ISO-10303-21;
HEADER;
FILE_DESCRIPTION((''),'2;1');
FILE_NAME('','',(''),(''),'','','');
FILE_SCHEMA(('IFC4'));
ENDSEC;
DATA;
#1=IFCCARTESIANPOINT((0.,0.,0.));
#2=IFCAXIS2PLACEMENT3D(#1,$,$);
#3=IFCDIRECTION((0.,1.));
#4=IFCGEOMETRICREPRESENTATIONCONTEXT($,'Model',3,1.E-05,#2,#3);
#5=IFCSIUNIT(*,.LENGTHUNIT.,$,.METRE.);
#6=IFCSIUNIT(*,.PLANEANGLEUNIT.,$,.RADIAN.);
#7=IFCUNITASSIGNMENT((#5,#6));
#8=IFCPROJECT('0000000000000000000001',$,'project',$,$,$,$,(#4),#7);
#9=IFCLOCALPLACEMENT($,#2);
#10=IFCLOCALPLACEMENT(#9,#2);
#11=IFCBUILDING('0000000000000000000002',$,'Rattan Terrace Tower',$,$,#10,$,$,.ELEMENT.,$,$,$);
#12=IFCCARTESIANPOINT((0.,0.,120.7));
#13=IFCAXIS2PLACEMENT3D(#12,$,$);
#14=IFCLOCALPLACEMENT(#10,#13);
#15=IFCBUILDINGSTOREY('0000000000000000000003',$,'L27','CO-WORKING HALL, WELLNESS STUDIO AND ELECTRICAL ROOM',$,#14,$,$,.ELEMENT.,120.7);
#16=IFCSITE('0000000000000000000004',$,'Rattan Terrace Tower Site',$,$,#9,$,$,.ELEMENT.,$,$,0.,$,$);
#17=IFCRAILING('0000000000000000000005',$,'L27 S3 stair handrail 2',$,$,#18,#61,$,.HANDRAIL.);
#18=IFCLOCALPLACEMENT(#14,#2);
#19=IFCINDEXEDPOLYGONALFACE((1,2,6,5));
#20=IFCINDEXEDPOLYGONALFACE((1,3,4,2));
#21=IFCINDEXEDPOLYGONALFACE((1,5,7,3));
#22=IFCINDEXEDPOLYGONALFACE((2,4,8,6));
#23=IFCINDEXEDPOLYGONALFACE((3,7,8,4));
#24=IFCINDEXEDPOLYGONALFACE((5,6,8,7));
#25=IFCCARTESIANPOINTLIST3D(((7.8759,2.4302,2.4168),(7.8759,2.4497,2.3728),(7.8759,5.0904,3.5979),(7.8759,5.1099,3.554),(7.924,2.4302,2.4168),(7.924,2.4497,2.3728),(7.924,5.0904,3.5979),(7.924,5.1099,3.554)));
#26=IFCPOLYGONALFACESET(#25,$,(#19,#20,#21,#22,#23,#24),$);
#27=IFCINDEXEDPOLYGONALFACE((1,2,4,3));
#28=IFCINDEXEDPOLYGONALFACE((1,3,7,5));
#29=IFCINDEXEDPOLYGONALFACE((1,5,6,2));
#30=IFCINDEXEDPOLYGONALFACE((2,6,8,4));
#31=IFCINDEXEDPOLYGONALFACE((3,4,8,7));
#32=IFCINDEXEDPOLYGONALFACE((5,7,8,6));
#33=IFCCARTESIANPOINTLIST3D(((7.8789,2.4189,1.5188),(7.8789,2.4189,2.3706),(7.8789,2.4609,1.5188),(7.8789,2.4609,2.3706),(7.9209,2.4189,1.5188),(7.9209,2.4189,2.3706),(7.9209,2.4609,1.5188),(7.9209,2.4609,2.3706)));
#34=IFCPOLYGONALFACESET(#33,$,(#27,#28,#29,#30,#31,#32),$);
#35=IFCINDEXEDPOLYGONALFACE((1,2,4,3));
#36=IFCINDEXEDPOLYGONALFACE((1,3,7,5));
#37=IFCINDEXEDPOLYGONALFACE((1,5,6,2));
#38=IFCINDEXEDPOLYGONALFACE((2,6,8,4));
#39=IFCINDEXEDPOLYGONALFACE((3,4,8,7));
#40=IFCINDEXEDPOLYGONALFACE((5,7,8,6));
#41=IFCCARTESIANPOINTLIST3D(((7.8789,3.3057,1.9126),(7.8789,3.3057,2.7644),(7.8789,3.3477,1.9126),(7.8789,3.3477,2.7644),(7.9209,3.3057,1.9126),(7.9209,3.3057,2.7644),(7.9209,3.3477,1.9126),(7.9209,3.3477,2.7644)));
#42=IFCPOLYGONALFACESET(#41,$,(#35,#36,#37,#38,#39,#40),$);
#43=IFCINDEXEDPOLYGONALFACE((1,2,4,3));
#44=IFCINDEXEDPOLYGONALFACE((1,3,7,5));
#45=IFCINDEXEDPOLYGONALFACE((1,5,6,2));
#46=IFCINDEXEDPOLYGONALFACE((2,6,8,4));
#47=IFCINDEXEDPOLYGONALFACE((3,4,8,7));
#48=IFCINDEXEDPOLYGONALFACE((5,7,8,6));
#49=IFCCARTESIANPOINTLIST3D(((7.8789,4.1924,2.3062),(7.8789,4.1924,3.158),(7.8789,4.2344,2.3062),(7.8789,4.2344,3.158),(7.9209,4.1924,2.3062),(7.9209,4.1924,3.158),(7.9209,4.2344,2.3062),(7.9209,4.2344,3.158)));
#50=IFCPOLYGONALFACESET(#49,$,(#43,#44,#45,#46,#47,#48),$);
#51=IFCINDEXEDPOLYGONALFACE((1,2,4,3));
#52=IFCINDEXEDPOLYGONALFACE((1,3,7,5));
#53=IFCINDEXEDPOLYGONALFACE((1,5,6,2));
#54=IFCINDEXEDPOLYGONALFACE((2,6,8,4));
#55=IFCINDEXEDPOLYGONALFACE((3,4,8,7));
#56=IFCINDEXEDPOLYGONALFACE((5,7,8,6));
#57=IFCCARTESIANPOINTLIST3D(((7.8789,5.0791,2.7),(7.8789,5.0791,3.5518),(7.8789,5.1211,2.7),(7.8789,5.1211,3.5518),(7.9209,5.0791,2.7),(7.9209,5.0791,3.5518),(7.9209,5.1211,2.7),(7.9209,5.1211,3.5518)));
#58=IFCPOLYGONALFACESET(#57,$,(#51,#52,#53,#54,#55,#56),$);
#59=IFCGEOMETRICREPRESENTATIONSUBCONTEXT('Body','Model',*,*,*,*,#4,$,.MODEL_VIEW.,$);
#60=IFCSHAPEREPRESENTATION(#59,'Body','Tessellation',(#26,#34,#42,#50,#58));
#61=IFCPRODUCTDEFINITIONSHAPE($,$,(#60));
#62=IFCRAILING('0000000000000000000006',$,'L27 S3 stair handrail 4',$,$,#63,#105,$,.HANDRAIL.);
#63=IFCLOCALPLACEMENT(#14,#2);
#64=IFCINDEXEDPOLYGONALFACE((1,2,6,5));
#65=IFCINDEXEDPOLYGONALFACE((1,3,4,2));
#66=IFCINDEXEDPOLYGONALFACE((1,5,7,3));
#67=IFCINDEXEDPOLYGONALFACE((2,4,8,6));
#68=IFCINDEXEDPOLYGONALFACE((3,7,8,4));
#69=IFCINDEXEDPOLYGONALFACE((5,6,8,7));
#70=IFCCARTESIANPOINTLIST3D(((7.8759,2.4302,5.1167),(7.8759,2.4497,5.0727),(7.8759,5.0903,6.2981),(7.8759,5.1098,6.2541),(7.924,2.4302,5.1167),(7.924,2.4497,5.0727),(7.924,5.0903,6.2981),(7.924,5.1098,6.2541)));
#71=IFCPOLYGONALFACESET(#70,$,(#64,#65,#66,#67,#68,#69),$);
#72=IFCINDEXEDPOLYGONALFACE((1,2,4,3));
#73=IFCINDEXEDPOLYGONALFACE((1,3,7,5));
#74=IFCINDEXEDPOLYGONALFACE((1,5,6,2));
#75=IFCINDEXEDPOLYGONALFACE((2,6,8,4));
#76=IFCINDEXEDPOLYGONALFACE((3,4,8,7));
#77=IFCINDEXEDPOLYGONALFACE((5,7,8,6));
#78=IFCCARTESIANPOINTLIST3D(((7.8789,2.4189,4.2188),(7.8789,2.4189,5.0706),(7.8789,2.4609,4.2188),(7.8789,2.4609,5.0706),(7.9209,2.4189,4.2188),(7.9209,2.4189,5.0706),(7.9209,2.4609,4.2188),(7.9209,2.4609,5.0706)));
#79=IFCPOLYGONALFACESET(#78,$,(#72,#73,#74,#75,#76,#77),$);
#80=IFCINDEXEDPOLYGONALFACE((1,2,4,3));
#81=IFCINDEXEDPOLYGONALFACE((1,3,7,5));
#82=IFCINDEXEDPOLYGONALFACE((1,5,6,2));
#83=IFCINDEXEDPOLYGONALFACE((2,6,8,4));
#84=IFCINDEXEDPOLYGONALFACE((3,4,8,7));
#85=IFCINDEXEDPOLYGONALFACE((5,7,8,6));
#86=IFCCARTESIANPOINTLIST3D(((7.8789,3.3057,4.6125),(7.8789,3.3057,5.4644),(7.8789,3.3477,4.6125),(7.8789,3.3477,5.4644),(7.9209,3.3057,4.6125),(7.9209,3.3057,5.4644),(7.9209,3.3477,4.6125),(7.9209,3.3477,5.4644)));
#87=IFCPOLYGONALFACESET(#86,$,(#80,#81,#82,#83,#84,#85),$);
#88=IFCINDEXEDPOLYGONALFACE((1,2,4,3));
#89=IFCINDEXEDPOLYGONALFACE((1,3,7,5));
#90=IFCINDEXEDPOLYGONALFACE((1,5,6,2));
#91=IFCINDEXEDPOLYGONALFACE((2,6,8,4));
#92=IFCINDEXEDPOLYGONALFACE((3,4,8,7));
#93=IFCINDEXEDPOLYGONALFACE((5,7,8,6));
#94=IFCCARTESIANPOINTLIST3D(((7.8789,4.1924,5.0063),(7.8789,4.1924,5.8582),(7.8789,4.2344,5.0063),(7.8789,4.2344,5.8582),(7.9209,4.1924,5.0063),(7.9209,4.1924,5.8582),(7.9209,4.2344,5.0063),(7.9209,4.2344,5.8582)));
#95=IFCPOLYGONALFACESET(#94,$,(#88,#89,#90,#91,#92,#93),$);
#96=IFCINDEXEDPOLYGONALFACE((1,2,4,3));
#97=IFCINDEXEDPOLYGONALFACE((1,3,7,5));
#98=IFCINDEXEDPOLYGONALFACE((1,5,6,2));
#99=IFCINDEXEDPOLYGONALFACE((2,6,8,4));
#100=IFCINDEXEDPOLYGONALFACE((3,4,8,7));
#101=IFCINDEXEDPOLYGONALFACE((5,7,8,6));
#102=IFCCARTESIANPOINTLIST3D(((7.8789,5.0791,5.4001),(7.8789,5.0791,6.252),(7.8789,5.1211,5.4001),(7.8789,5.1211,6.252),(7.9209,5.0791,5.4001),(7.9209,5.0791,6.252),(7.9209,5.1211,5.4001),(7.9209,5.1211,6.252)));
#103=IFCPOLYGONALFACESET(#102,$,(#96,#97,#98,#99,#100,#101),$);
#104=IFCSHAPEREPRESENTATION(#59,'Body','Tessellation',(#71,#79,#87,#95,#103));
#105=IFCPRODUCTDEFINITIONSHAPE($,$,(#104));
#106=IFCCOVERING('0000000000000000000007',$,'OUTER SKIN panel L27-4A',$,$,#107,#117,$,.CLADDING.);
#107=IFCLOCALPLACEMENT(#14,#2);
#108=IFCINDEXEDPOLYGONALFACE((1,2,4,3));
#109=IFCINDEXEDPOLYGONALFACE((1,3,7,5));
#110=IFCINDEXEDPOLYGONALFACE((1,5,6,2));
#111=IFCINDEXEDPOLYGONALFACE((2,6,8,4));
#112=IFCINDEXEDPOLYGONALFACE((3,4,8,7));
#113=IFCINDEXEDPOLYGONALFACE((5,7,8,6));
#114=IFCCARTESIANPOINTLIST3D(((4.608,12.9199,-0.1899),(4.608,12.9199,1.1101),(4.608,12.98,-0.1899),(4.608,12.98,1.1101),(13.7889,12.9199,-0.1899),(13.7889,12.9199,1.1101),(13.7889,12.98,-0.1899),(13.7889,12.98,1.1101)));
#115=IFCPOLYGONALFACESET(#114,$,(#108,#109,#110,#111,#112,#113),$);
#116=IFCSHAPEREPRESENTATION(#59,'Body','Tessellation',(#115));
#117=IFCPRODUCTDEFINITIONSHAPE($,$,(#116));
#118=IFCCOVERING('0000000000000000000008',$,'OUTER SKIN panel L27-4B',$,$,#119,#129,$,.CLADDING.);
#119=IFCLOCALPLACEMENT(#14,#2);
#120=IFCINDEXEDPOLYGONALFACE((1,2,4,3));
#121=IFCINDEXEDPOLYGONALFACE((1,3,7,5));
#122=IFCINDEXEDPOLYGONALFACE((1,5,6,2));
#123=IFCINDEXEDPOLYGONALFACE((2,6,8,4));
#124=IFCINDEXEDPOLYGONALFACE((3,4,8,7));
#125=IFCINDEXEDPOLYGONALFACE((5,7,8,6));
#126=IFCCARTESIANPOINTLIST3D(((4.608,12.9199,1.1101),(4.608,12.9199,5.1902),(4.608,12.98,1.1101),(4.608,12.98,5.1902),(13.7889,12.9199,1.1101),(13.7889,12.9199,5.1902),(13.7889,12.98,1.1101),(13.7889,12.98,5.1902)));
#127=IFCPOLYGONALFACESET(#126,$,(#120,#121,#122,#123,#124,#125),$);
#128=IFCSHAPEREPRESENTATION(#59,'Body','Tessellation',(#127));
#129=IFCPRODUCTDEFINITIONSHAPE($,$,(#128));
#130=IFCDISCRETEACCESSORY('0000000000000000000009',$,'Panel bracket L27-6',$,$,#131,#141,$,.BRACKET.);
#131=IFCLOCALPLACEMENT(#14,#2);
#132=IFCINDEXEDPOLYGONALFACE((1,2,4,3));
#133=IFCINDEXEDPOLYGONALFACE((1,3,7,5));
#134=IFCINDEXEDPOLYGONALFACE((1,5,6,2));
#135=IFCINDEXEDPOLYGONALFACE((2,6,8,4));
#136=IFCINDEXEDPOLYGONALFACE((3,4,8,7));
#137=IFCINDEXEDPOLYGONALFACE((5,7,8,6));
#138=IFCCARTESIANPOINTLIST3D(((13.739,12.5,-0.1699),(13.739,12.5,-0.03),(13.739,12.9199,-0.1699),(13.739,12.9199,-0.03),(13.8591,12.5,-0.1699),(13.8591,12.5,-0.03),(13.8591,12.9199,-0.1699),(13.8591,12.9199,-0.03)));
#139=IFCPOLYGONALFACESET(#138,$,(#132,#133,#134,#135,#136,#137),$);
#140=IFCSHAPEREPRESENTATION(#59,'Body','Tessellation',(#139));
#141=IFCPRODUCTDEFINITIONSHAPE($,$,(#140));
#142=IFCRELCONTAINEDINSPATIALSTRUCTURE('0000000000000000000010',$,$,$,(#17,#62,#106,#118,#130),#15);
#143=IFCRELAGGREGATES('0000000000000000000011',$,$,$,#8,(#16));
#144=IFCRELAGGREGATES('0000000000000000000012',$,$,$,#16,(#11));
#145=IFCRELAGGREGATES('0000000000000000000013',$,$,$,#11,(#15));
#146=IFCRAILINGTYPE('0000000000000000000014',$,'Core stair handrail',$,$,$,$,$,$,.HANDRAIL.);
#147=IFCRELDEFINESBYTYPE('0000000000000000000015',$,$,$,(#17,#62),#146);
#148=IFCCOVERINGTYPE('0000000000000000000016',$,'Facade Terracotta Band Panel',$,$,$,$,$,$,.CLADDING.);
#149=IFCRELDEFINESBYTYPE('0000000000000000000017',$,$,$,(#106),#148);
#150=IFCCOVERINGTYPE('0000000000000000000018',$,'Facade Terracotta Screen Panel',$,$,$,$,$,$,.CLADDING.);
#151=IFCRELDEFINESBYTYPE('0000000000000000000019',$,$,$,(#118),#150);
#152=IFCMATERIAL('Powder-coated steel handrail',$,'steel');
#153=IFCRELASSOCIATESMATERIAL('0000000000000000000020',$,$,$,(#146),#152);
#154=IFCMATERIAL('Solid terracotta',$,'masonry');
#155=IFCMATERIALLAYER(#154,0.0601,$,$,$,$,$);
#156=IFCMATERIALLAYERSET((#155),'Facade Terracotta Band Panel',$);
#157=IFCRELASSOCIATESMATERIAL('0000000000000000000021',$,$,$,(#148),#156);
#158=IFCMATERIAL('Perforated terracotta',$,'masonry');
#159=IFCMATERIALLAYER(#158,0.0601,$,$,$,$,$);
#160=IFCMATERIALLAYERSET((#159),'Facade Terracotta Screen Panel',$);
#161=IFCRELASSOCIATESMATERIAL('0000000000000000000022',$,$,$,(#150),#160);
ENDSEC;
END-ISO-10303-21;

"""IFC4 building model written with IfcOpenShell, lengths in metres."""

from ifc_helpers import new_model, si_unit, direction, frame, origin, origin_2d, place, context, subcontext, project, spatial, rectangle, extrude, material, layer, layer_set, type_object, element, save


model = new_model("IFC4")

# Units and contexts
model_context = context("Model", 3, precision=1e-05, world=origin(), true_north=direction((0.0, 1.0)))
body_context = subcontext(model_context, "Body", "Model", "MODEL_VIEW")
ifc_project = project(units=[si_unit("LENGTHUNIT", "METRE"), si_unit("PLANEANGLEUNIT", "RADIAN")], contexts=[model_context])

# Site, building, storey
site_placement = place(None, origin())
site = spatial("IfcSite", under=ifc_project, at=site_placement, Name="Rattan Terrace Tower Site", CompositionType="ELEMENT", RefElevation=0.0)
building_placement = place(site_placement, origin())
building = spatial("IfcBuilding", under=site, at=building_placement, Name="Rattan Terrace Tower", CompositionType="ELEMENT")
storey_placement = place(building_placement, frame((0.0, 0.0, 120.7)))
storey = spatial("IfcBuildingStorey", under=building, at=storey_placement, Name="L27", Description="CO-WORKING HALL, WELLNESS STUDIO AND ELECTRICAL ROOM", CompositionType="ELEMENT", Elevation=120.7)

# Railings
ifc_material_1 = material(Name="Powder-coated steel handrail", Category="steel")
railing_type_1 = type_object("IfcRailingType", Name="Core stair handrail", PredefinedType="HANDRAIL", material=ifc_material_1)
railing_1_placement = place(storey_placement, frame((7.8999, 2.4399, 1.5188)))
element("IfcRailing", 1, at=railing_1_placement, inside=storey, type_object=railing_type_1, Name="L27 S3 stair handrail 2", PredefinedType="HANDRAIL", context=body_context, shape_type="SweptSolid", body=[
    extrude(rectangle(XDim=0.0481, YDim=0.0481, at=origin_2d()), frame((0.0, 0.0, 0.876), z_axis=(0.0, 0.913957, 0.405812), x_axis=(-1.0, 0.0, 0.0)), (0.0, 0.0, 1.0), 2.9106),
    extrude(rectangle(XDim=0.042, YDim=0.042, at=origin_2d()), origin(), (0.0, 0.0, 1.0), 0.8518),
    extrude(rectangle(XDim=0.042, YDim=0.042, at=origin_2d()), frame((0.0, 0.8867, 0.3938)), (0.0, 0.0, 1.0), 0.8518),
    extrude(rectangle(XDim=0.042, YDim=0.042, at=origin_2d()), frame((0.0, 1.7734, 0.7874)), (0.0, 0.0, 1.0), 0.8518),
    extrude(rectangle(XDim=0.042, YDim=0.042, at=origin_2d()), frame((0.0, 2.6602, 1.1812)), (0.0, 0.0, 1.0), 0.8518),
])
railing_2_placement = place(storey_placement, frame((7.8999, 2.4399, 4.2188)))
element("IfcRailing", 2, at=railing_2_placement, inside=storey, type_object=railing_type_1, Name="L27 S3 stair handrail 4", PredefinedType="HANDRAIL", context=body_context, shape_type="SweptSolid", body=[
    extrude(rectangle(XDim=0.0481, YDim=0.0481, at=origin_2d()), frame((0.0, 0.0, 0.876), z_axis=(0.0, 0.913926, 0.405882), x_axis=(-1.0, 0.0, 0.0)), (0.0, 0.0, 1.0), 2.9106),
    extrude(rectangle(XDim=0.042, YDim=0.042, at=origin_2d()), origin(), (0.0, 0.0, 1.0), 0.8518),
    extrude(rectangle(XDim=0.042, YDim=0.042, at=origin_2d()), frame((0.0, 0.8867, 0.3938)), (0.0, 0.0, 1.0), 0.8518),
    extrude(rectangle(XDim=0.042, YDim=0.042, at=origin_2d()), frame((0.0, 1.7734, 0.7876)), (0.0, 0.0, 1.0), 0.8518),
    extrude(rectangle(XDim=0.042, YDim=0.042, at=origin_2d()), frame((0.0, 2.6602, 1.1814)), (0.0, 0.0, 1.0), 0.8518),
])

# Coverings
ifc_material_2 = material(Name="Solid terracotta", Category="masonry")
ifc_layer_1 = layer(ifc_material_2, 0.0601)
ifc_layer_set_1 = layer_set([ifc_layer_1], Name="Facade Terracotta Band Panel")
covering_type_1 = type_object("IfcCoveringType", Name="Facade Terracotta Band Panel", PredefinedType="CLADDING", material=ifc_layer_set_1)
covering_1_placement = place(storey_placement, frame((9.1985, 12.95, -0.1899), z_axis=(0.0, 0.0, 1.0), x_axis=(-1.0, 0.0, 0.0)))
element("IfcCovering", 3, at=covering_1_placement, inside=storey, type_object=covering_type_1, Name="OUTER SKIN panel L27-4A", PredefinedType="CLADDING", context=body_context, shape_type="SweptSolid", body=[
    extrude(rectangle(XDim=9.1809, YDim=0.0601, at=origin_2d()), origin(), (0.0, 0.0, 1.0), 1.3),
])
ifc_material_3 = material(Name="Perforated terracotta", Category="masonry")
ifc_layer_2 = layer(ifc_material_3, 0.0601)
ifc_layer_set_2 = layer_set([ifc_layer_2], Name="Facade Terracotta Screen Panel")
covering_type_2 = type_object("IfcCoveringType", Name="Facade Terracotta Screen Panel", PredefinedType="CLADDING", material=ifc_layer_set_2)
covering_2_placement = place(storey_placement, frame((9.1985, 12.95, 1.1101), z_axis=(0.0, 0.0, 1.0), x_axis=(-1.0, 0.0, 0.0)))
element("IfcCovering", 4, at=covering_2_placement, inside=storey, type_object=covering_type_2, Name="OUTER SKIN panel L27-4B", PredefinedType="CLADDING", context=body_context, shape_type="SweptSolid", body=[
    extrude(rectangle(XDim=9.1809, YDim=0.0601, at=origin_2d()), origin(), (0.0, 0.0, 1.0), 4.0801),
])

# Discrete accessory
discrete_accessory_placement = place(storey_placement, frame((13.7991, 12.71, -0.1699), z_axis=(0.0, 0.0, 1.0), x_axis=(-1.0, 0.0, 0.0)))
element("IfcDiscreteAccessory", 5, at=discrete_accessory_placement, inside=storey, Name="Panel bracket L27-6", PredefinedType="BRACKET", context=body_context, shape_type="SweptSolid", body=[
    extrude(rectangle(XDim=0.1201, YDim=0.4199, at=origin_2d()), origin(), (0.0, 0.0, 1.0), 0.1399),
])

save(model, "model.ifc")
